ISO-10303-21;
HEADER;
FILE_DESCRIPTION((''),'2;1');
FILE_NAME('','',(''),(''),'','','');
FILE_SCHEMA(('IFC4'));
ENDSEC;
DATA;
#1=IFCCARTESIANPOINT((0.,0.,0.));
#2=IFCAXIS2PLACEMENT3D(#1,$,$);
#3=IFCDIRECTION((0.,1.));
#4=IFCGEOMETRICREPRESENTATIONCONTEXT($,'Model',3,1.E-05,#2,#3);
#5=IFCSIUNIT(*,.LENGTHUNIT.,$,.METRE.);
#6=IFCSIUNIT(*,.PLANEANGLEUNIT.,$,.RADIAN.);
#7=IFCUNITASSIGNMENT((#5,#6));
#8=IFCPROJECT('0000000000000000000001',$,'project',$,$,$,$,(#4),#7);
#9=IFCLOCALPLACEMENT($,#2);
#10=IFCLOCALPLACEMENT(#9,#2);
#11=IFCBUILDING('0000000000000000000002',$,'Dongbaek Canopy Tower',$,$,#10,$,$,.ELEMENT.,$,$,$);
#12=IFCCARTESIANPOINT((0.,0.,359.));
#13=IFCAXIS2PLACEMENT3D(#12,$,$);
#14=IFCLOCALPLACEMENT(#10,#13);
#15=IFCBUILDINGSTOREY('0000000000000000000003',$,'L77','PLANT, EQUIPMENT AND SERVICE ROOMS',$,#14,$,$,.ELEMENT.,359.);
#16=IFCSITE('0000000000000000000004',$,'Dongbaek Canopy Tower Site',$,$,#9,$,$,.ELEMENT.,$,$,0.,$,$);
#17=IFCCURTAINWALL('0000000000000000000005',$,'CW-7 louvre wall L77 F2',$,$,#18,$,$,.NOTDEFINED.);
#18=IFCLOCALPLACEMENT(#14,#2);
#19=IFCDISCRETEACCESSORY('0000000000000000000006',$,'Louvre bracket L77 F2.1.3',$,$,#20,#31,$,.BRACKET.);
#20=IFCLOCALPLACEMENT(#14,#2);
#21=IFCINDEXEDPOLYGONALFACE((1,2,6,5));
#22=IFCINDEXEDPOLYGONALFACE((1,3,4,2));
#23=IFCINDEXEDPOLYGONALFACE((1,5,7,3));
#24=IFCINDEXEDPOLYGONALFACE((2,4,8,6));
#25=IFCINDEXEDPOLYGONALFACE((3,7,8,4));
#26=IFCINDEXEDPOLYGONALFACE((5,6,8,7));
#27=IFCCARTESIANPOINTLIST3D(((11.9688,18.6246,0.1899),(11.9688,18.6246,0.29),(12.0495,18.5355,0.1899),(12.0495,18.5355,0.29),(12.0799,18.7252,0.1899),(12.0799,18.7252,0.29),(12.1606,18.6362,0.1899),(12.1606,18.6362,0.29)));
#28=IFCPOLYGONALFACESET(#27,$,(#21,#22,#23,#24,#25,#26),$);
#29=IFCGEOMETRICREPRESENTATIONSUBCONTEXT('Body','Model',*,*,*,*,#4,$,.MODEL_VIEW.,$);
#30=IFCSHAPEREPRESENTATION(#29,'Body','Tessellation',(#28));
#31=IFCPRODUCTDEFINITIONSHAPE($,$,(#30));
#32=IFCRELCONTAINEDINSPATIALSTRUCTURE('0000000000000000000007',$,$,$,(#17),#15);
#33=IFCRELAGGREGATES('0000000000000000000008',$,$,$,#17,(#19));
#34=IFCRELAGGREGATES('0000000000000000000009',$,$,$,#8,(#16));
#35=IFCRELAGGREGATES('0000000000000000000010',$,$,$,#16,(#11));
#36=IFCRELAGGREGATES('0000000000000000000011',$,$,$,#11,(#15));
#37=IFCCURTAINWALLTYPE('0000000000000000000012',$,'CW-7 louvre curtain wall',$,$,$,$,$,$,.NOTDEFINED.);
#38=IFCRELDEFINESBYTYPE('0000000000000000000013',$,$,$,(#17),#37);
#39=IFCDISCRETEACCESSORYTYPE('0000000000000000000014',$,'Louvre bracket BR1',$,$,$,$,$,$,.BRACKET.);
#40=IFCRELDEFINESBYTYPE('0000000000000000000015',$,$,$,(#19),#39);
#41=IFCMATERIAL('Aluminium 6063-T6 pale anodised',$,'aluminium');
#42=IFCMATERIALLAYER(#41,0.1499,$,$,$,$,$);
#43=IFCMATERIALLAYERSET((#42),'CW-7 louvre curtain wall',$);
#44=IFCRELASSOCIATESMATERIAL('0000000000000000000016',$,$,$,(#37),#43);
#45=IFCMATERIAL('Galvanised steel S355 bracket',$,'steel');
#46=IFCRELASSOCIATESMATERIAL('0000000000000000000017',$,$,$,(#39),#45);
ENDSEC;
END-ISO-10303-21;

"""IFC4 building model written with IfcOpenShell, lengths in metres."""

from ifc_helpers import new_model, si_unit, direction, frame, origin, origin_2d, place, context, subcontext, project, spatial, rectangle, extrude, material, layer, layer_set, type_object, element, aggregate, save


model = new_model("IFC4")

# Units and contexts
model_context = context("Model", 3, precision=1e-05, world=origin(), true_north=direction((0.0, 1.0)))
body_context = subcontext(model_context, "Body", "Model", "MODEL_VIEW")
ifc_project = project(units=[si_unit("LENGTHUNIT", "METRE"), si_unit("PLANEANGLEUNIT", "RADIAN")], contexts=[model_context])

# Site, building, storey
site_placement = place(None, origin())
site = spatial("IfcSite", under=ifc_project, at=site_placement, Name="Dongbaek Canopy Tower Site", CompositionType="ELEMENT", RefElevation=0.0)
building_placement = place(site_placement, origin())
building = spatial("IfcBuilding", under=site, at=building_placement, Name="Dongbaek Canopy Tower", CompositionType="ELEMENT")
storey_placement = place(building_placement, frame((0.0, 0.0, 359.0)))
storey = spatial("IfcBuildingStorey", under=building, at=storey_placement, Name="L77", Description="PLANT, EQUIPMENT AND SERVICE ROOMS", CompositionType="ELEMENT", Elevation=359.0)

# Shared definitions
ifc_material_1 = material(Name="Aluminium 6063-T6 pale anodised", Category="aluminium")
ifc_layer_1 = layer(ifc_material_1, 0.1499)
ifc_layer_set_1 = layer_set([ifc_layer_1], Name="CW-7 louvre curtain wall")
curtain_wall_type = type_object("IfcCurtainWallType", Name="CW-7 louvre curtain wall", PredefinedType="NOTDEFINED", material=ifc_layer_set_1)

# Curtain wall
curtain_wall_1_placement = place(storey_placement, origin())
curtain_wall_1 = element("IfcCurtainWall", 1, at=curtain_wall_1_placement, inside=storey, type_object=curtain_wall_type, Name="CW-7 louvre wall L77 F2", PredefinedType="NOTDEFINED")

# Discrete accessory
ifc_material_2 = material(Name="Galvanised steel S355 bracket", Category="steel")
discrete_accessory_type = type_object("IfcDiscreteAccessoryType", Name="Louvre bracket BR1", PredefinedType="BRACKET", material=ifc_material_2)
discrete_accessory_1_placement = place(storey_placement, frame((12.0647, 18.6304, 0.1899), z_axis=(0.0, 0.0, 1.0), x_axis=(-0.67126, 0.741222, 0.0)))
discrete_accessory_1 = element("IfcDiscreteAccessory", 2, at=discrete_accessory_1_placement, type_object=discrete_accessory_type, Name="Louvre bracket L77 F2.1.3", PredefinedType="BRACKET", context=body_context, shape_type="SweptSolid", body=[
    extrude(rectangle(XDim=0.1201, YDim=0.1499, at=origin_2d()), origin(), (0.0, 0.0, 1.0), 0.1001),
])
aggregate(curtain_wall_1, [discrete_accessory_1])

save(model, "model.ifc")
